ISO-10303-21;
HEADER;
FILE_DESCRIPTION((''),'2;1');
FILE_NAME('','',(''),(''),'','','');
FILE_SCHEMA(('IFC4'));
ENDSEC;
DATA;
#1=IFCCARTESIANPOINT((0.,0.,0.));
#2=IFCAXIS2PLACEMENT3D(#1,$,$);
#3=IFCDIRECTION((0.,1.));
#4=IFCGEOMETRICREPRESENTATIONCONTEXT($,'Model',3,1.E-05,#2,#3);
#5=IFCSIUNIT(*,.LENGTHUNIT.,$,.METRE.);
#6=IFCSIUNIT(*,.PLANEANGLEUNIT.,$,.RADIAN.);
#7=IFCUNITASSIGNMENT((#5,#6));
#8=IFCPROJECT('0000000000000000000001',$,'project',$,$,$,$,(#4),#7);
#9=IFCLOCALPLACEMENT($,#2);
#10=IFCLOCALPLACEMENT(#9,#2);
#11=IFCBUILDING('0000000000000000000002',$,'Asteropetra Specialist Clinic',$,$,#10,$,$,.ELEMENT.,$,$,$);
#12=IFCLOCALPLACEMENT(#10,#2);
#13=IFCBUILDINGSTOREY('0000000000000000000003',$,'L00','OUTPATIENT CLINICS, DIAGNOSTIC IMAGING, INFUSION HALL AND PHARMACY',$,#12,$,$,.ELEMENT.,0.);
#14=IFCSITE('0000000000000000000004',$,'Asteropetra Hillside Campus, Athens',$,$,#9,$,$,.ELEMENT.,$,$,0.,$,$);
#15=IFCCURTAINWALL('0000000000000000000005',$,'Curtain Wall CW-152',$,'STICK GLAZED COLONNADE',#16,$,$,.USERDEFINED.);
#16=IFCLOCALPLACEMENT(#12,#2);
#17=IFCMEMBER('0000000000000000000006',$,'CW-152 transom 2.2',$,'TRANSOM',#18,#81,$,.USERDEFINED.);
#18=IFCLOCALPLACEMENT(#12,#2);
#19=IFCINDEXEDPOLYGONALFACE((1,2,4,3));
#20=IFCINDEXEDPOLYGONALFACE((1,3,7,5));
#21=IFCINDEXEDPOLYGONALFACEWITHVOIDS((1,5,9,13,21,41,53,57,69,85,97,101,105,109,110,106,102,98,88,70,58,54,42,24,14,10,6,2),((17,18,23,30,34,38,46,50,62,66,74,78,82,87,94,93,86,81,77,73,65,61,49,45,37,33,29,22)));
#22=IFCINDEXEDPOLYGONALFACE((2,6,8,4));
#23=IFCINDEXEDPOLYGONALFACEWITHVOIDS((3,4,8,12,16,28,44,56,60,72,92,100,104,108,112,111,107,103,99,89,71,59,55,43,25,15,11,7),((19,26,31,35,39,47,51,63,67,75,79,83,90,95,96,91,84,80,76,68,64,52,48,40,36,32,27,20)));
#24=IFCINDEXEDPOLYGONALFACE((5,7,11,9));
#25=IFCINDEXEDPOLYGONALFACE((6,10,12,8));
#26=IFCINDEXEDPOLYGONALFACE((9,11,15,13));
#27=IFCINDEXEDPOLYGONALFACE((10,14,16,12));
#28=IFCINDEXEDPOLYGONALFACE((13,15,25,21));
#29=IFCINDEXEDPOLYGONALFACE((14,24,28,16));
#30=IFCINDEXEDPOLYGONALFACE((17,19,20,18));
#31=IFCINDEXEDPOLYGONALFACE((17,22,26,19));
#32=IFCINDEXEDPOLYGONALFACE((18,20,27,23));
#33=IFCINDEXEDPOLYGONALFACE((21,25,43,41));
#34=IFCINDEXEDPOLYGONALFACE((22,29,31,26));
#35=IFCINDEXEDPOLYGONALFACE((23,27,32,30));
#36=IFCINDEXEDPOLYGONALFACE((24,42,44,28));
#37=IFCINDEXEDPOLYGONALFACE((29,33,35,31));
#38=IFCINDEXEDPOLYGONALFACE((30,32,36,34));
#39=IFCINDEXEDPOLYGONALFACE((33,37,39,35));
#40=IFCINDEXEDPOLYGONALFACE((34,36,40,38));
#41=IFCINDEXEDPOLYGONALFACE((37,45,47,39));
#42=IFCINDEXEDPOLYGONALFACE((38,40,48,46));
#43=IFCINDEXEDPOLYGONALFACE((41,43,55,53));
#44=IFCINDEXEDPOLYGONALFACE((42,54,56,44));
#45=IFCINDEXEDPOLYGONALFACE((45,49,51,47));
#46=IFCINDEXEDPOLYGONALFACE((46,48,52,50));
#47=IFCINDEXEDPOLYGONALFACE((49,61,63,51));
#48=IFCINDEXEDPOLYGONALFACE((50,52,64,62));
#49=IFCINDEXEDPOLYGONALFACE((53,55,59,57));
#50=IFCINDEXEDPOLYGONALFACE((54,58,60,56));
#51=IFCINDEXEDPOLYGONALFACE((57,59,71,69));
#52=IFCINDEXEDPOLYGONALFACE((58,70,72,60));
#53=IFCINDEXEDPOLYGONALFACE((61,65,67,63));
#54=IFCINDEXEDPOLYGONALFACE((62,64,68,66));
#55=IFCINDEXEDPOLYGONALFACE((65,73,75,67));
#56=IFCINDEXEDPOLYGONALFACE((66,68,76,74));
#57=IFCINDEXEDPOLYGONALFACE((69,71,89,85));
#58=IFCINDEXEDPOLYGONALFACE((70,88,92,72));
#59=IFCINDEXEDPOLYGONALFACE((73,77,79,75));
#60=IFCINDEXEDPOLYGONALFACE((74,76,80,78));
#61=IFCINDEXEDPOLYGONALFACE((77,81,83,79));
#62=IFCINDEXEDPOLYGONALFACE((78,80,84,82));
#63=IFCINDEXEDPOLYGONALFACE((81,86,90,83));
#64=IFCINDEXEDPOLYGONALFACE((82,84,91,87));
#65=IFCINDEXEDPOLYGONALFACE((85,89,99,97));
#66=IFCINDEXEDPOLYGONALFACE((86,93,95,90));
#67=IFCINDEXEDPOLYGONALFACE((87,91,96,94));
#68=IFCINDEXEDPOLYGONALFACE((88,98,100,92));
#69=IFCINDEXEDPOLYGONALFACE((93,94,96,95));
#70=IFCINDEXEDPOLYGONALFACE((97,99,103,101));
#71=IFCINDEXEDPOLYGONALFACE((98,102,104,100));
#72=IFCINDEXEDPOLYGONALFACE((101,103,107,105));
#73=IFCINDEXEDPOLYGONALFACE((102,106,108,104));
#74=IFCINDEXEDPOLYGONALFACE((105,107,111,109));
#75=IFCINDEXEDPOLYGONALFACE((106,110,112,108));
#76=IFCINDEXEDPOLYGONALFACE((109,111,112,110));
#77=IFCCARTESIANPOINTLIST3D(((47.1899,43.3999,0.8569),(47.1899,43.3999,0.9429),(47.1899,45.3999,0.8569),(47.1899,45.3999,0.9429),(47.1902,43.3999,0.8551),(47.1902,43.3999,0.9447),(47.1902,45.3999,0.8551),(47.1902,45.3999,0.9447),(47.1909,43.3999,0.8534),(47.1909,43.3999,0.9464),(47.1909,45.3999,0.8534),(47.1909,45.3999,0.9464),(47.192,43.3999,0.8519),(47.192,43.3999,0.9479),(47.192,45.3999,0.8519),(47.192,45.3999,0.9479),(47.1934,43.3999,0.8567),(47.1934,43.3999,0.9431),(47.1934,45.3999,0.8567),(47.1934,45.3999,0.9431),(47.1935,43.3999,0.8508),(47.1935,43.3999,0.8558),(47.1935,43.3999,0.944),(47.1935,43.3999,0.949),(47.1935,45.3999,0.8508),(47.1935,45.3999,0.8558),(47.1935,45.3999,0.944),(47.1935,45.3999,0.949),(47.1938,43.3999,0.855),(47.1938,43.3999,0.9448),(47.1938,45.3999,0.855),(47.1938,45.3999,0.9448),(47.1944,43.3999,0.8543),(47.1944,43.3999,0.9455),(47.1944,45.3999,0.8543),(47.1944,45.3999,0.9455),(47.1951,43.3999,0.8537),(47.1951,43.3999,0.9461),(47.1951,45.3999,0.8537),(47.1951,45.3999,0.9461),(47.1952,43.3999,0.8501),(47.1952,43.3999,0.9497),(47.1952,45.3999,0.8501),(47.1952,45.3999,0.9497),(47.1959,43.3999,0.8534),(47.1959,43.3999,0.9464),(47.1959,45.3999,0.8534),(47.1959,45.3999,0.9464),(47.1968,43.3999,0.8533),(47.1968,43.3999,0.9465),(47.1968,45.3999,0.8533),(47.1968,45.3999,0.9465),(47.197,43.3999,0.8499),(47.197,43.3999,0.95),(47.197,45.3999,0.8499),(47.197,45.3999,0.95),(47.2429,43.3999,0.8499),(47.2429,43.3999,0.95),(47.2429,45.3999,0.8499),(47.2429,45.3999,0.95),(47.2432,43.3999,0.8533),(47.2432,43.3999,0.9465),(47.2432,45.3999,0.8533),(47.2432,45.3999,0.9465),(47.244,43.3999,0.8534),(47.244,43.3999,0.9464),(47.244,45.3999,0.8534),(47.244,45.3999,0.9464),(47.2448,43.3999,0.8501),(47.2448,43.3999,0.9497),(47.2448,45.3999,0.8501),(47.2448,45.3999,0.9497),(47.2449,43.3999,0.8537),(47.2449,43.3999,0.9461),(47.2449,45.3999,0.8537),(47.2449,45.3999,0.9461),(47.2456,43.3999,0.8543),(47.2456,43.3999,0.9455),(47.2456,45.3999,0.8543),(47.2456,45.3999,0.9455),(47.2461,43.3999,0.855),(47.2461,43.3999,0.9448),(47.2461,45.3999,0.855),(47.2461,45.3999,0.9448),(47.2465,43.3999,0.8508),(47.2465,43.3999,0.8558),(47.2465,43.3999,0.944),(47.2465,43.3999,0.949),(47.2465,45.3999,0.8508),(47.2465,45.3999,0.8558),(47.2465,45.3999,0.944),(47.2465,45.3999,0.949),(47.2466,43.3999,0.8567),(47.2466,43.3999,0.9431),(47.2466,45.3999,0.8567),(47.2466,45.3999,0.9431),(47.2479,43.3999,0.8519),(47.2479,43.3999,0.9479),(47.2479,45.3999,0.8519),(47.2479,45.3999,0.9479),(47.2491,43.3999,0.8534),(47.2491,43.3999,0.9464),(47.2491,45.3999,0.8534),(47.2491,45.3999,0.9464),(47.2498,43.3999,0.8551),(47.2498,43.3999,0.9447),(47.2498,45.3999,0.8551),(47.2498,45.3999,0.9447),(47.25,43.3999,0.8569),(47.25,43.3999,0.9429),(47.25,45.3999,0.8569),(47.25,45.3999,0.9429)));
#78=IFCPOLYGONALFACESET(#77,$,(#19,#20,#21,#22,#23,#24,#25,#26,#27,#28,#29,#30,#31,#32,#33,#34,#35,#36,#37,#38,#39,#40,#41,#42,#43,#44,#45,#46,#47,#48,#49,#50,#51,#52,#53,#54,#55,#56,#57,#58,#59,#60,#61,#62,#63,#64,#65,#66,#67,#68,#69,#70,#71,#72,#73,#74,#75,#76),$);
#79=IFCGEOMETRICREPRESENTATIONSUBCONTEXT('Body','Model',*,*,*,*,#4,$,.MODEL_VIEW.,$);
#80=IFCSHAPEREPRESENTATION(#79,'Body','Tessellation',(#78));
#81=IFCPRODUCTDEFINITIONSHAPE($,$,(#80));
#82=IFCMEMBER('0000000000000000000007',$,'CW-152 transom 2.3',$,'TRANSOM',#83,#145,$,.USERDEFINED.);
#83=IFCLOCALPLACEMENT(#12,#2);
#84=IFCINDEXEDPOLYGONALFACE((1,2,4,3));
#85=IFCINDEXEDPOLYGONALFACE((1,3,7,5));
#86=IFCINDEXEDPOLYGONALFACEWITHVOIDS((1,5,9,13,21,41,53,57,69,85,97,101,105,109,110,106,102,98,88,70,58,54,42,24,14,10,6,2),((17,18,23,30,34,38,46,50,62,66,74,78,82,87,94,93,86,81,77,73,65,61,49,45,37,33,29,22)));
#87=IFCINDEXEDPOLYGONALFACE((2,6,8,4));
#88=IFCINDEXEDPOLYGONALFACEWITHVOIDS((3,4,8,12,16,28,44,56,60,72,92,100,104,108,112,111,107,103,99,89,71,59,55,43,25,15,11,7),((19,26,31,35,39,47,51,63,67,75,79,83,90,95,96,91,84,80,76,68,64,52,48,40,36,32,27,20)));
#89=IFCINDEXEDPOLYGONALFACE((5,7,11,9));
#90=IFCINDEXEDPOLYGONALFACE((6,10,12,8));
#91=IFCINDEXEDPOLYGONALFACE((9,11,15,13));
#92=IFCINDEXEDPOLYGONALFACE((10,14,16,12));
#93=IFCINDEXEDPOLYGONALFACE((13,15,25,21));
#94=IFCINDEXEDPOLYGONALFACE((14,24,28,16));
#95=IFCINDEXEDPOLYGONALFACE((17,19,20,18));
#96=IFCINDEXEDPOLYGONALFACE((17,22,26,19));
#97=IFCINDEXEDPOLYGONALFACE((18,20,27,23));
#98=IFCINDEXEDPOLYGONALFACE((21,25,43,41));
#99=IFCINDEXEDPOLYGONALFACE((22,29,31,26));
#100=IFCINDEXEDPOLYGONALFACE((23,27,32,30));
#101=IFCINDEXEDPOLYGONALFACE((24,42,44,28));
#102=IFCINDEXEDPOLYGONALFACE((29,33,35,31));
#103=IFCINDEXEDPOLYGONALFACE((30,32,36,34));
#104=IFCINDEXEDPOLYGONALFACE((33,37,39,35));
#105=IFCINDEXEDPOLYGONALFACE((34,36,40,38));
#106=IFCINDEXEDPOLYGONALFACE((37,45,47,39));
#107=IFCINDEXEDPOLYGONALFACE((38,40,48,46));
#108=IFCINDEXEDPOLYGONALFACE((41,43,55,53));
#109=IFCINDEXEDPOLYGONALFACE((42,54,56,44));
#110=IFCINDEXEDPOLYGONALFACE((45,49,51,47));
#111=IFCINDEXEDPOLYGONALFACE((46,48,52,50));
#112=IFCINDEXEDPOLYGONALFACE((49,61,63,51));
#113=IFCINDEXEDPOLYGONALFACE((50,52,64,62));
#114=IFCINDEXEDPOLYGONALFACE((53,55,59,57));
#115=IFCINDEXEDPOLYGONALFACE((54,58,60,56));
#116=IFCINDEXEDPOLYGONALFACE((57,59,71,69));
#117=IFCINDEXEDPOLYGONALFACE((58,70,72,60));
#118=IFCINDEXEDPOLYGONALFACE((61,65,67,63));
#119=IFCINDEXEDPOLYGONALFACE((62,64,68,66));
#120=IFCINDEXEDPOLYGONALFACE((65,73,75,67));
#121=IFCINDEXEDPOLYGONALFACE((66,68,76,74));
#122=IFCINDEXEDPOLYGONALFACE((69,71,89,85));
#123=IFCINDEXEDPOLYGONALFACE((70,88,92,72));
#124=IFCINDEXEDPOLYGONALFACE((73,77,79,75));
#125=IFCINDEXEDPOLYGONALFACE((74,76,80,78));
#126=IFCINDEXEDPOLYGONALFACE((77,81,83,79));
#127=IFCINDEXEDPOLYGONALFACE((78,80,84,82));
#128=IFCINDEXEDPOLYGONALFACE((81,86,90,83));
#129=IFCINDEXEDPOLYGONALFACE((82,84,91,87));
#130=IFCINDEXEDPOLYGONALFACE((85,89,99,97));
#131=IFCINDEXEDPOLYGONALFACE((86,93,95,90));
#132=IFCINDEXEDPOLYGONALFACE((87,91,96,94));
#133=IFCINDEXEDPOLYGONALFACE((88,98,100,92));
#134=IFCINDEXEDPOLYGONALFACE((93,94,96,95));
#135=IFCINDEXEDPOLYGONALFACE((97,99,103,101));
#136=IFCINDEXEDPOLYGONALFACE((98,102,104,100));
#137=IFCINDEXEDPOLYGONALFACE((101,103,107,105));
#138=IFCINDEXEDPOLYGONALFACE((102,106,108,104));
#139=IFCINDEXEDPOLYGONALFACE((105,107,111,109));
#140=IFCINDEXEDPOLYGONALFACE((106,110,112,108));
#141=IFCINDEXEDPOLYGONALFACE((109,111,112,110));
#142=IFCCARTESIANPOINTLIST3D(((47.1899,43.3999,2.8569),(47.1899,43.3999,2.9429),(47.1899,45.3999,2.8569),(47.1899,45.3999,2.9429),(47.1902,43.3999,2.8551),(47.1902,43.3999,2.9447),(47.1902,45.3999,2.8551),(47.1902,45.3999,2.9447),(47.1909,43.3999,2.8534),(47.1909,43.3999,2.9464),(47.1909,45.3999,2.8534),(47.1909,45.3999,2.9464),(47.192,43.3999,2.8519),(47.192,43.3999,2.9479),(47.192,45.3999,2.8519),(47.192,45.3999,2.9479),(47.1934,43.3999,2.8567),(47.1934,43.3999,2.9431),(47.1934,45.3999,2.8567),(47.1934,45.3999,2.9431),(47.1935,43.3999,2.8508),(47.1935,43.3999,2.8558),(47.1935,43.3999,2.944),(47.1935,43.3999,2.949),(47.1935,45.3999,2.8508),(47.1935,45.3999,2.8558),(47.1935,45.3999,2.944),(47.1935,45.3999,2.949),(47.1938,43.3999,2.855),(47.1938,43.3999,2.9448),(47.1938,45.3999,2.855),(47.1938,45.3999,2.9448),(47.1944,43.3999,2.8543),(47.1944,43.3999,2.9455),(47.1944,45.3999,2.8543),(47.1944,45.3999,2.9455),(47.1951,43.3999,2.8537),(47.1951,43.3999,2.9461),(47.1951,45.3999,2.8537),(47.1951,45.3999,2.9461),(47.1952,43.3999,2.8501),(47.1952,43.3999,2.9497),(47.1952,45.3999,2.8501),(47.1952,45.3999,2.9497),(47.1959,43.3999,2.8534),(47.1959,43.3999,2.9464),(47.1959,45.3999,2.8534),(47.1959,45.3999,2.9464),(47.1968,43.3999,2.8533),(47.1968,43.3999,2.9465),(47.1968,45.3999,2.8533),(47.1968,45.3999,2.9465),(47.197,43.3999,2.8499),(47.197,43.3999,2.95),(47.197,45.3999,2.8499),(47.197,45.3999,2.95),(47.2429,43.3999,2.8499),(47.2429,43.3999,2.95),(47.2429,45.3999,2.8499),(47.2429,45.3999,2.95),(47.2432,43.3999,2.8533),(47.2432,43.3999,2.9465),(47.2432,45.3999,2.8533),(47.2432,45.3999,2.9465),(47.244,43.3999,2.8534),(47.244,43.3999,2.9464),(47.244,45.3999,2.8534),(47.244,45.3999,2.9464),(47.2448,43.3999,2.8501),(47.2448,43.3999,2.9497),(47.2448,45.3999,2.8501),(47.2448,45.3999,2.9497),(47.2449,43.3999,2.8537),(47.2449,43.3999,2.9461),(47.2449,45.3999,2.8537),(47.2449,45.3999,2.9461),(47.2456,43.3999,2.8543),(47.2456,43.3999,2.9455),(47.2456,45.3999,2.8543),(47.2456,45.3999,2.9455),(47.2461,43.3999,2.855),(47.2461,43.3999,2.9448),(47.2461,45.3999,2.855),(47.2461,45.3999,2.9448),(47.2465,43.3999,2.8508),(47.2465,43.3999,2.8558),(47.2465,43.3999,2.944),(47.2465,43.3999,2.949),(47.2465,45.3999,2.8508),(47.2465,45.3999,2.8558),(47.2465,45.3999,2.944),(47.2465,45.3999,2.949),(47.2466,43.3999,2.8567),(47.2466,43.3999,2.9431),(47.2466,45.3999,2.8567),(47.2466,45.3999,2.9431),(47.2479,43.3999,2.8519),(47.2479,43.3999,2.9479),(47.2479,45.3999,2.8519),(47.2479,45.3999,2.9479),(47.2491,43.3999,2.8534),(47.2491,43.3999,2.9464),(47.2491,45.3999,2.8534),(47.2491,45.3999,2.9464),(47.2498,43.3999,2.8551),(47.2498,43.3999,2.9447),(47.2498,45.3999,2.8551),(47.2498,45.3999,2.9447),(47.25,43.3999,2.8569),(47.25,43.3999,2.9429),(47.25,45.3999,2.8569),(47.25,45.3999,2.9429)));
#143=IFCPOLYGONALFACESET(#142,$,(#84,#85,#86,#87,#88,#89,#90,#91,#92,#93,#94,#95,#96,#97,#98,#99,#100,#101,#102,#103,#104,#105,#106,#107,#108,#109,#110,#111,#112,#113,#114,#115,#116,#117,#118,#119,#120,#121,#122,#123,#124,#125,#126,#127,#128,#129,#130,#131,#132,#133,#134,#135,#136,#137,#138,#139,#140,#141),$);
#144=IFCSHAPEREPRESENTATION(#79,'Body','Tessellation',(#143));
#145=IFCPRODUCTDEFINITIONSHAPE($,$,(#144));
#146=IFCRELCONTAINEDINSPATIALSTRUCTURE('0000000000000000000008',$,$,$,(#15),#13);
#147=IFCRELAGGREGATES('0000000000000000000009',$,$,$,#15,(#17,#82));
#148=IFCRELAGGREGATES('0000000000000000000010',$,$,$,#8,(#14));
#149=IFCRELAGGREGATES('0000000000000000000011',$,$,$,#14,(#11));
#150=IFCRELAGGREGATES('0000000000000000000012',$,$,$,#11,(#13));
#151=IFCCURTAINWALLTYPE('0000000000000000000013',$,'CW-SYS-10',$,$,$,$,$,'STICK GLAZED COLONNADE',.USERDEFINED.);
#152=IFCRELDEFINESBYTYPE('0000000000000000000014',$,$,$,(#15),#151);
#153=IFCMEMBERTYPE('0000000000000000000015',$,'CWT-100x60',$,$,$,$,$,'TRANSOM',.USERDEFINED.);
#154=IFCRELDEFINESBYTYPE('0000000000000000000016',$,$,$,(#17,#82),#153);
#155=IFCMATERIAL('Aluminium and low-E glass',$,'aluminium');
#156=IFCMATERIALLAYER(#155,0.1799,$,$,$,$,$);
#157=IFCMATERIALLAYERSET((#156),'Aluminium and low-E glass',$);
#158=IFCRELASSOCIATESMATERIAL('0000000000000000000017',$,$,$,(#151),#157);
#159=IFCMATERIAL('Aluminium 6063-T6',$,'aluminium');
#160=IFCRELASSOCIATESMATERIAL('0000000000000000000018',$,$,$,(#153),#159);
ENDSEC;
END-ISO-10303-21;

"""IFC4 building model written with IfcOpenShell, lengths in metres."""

from ifc_helpers import new_model, si_unit, direction, frame, origin, origin_2d, place, context, subcontext, project, spatial, hollow_rectangle, extrude, material, layer, layer_set, material_profile, profile_set, type_object, element, aggregate, save


model = new_model("IFC4")

# Units and contexts
model_context = context("Model", 3, precision=1e-05, world=origin(), true_north=direction((0.0, 1.0)))
body_context = subcontext(model_context, "Body", "Model", "MODEL_VIEW")
ifc_project = project(units=[si_unit("LENGTHUNIT", "METRE"), si_unit("PLANEANGLEUNIT", "RADIAN")], contexts=[model_context])

# Site, building, storey
site_placement = place(None, origin())
site = spatial("IfcSite", under=ifc_project, at=site_placement, Name="Asteropetra Hillside Campus, Athens", CompositionType="ELEMENT", RefElevation=0.0)
building_placement = place(site_placement, origin())
building = spatial("IfcBuilding", under=site, at=building_placement, Name="Asteropetra Specialist Clinic", CompositionType="ELEMENT")
storey_placement = place(building_placement, origin())
storey = spatial("IfcBuildingStorey", under=building, at=storey_placement, Name="L00", Description="OUTPATIENT CLINICS, DIAGNOSTIC IMAGING, INFUSION HALL AND PHARMACY", CompositionType="ELEMENT", Elevation=0.0)

# Curtain wall, members
ifc_material_1 = material(Name="Aluminium and low-E glass", Category="aluminium")
ifc_layer_1 = layer(ifc_material_1, 0.1799)
ifc_layer_set_1 = layer_set([ifc_layer_1], Name="Aluminium and low-E glass")
curtain_wall_type = type_object("IfcCurtainWallType", Name="CW-SYS-10", ElementType="STICK GLAZED COLONNADE", PredefinedType="USERDEFINED", material=ifc_layer_set_1)
curtain_wall_placement = place(storey_placement, origin())
curtain_wall = element("IfcCurtainWall", 1, at=curtain_wall_placement, inside=storey, type_object=curtain_wall_type, Name="Curtain Wall CW-152", ObjectType="STICK GLAZED COLONNADE", PredefinedType="USERDEFINED")
ifc_material_2 = material(Name="Aluminium 6063-T6", Category="aluminium")
ifc_material_profile_1 = material_profile(ifc_material_2, hollow_rectangle(XDim=0.0601, YDim=0.1001, WallThickness=0.0034, InnerFilletRadius=0.0034, OuterFilletRadius=0.0071, at=origin_2d()), Name="TRN 100x60x3.5")
ifc_profile_set_1 = profile_set([ifc_material_profile_1], Name="Aluminium 6063-T6")
member_type_1 = type_object("IfcMemberType", Name="CWT-100x60", ElementType="TRANSOM", PredefinedType="USERDEFINED", material=ifc_profile_set_1)
member_1_placement = place(storey_placement, frame((47.22, 43.3999, 0.8999), z_axis=(0.0, 1.0, 0.0), x_axis=(-1.0, 0.0, 0.0)))
member_1 = element("IfcMember", 2, at=member_1_placement, type_object=member_type_1, Name="CW-152 transom 2.2", ObjectType="TRANSOM", PredefinedType="USERDEFINED", context=body_context, shape_type="SweptSolid", body=[
    extrude(hollow_rectangle(XDim=0.0601, YDim=0.1001, WallThickness=0.0034, InnerFilletRadius=0.0034, OuterFilletRadius=0.0071, at=origin_2d()), origin(), (0.0, 0.0, 1.0), 2.0),
])
member_2_placement = place(storey_placement, frame((47.22, 43.3999, 2.8999), z_axis=(0.0, 1.0, 0.0), x_axis=(-1.0, 0.0, 0.0)))
member_2 = element("IfcMember", 3, at=member_2_placement, type_object=member_type_1, Name="CW-152 transom 2.3", ObjectType="TRANSOM", PredefinedType="USERDEFINED", context=body_context, shape_type="SweptSolid", body=[
    extrude(hollow_rectangle(XDim=0.0601, YDim=0.1001, WallThickness=0.0034, InnerFilletRadius=0.0034, OuterFilletRadius=0.0071, at=origin_2d()), origin(), (0.0, 0.0, 1.0), 2.0),
])

aggregate(curtain_wall, [member_1, member_2])

save(model, "model.ifc")
